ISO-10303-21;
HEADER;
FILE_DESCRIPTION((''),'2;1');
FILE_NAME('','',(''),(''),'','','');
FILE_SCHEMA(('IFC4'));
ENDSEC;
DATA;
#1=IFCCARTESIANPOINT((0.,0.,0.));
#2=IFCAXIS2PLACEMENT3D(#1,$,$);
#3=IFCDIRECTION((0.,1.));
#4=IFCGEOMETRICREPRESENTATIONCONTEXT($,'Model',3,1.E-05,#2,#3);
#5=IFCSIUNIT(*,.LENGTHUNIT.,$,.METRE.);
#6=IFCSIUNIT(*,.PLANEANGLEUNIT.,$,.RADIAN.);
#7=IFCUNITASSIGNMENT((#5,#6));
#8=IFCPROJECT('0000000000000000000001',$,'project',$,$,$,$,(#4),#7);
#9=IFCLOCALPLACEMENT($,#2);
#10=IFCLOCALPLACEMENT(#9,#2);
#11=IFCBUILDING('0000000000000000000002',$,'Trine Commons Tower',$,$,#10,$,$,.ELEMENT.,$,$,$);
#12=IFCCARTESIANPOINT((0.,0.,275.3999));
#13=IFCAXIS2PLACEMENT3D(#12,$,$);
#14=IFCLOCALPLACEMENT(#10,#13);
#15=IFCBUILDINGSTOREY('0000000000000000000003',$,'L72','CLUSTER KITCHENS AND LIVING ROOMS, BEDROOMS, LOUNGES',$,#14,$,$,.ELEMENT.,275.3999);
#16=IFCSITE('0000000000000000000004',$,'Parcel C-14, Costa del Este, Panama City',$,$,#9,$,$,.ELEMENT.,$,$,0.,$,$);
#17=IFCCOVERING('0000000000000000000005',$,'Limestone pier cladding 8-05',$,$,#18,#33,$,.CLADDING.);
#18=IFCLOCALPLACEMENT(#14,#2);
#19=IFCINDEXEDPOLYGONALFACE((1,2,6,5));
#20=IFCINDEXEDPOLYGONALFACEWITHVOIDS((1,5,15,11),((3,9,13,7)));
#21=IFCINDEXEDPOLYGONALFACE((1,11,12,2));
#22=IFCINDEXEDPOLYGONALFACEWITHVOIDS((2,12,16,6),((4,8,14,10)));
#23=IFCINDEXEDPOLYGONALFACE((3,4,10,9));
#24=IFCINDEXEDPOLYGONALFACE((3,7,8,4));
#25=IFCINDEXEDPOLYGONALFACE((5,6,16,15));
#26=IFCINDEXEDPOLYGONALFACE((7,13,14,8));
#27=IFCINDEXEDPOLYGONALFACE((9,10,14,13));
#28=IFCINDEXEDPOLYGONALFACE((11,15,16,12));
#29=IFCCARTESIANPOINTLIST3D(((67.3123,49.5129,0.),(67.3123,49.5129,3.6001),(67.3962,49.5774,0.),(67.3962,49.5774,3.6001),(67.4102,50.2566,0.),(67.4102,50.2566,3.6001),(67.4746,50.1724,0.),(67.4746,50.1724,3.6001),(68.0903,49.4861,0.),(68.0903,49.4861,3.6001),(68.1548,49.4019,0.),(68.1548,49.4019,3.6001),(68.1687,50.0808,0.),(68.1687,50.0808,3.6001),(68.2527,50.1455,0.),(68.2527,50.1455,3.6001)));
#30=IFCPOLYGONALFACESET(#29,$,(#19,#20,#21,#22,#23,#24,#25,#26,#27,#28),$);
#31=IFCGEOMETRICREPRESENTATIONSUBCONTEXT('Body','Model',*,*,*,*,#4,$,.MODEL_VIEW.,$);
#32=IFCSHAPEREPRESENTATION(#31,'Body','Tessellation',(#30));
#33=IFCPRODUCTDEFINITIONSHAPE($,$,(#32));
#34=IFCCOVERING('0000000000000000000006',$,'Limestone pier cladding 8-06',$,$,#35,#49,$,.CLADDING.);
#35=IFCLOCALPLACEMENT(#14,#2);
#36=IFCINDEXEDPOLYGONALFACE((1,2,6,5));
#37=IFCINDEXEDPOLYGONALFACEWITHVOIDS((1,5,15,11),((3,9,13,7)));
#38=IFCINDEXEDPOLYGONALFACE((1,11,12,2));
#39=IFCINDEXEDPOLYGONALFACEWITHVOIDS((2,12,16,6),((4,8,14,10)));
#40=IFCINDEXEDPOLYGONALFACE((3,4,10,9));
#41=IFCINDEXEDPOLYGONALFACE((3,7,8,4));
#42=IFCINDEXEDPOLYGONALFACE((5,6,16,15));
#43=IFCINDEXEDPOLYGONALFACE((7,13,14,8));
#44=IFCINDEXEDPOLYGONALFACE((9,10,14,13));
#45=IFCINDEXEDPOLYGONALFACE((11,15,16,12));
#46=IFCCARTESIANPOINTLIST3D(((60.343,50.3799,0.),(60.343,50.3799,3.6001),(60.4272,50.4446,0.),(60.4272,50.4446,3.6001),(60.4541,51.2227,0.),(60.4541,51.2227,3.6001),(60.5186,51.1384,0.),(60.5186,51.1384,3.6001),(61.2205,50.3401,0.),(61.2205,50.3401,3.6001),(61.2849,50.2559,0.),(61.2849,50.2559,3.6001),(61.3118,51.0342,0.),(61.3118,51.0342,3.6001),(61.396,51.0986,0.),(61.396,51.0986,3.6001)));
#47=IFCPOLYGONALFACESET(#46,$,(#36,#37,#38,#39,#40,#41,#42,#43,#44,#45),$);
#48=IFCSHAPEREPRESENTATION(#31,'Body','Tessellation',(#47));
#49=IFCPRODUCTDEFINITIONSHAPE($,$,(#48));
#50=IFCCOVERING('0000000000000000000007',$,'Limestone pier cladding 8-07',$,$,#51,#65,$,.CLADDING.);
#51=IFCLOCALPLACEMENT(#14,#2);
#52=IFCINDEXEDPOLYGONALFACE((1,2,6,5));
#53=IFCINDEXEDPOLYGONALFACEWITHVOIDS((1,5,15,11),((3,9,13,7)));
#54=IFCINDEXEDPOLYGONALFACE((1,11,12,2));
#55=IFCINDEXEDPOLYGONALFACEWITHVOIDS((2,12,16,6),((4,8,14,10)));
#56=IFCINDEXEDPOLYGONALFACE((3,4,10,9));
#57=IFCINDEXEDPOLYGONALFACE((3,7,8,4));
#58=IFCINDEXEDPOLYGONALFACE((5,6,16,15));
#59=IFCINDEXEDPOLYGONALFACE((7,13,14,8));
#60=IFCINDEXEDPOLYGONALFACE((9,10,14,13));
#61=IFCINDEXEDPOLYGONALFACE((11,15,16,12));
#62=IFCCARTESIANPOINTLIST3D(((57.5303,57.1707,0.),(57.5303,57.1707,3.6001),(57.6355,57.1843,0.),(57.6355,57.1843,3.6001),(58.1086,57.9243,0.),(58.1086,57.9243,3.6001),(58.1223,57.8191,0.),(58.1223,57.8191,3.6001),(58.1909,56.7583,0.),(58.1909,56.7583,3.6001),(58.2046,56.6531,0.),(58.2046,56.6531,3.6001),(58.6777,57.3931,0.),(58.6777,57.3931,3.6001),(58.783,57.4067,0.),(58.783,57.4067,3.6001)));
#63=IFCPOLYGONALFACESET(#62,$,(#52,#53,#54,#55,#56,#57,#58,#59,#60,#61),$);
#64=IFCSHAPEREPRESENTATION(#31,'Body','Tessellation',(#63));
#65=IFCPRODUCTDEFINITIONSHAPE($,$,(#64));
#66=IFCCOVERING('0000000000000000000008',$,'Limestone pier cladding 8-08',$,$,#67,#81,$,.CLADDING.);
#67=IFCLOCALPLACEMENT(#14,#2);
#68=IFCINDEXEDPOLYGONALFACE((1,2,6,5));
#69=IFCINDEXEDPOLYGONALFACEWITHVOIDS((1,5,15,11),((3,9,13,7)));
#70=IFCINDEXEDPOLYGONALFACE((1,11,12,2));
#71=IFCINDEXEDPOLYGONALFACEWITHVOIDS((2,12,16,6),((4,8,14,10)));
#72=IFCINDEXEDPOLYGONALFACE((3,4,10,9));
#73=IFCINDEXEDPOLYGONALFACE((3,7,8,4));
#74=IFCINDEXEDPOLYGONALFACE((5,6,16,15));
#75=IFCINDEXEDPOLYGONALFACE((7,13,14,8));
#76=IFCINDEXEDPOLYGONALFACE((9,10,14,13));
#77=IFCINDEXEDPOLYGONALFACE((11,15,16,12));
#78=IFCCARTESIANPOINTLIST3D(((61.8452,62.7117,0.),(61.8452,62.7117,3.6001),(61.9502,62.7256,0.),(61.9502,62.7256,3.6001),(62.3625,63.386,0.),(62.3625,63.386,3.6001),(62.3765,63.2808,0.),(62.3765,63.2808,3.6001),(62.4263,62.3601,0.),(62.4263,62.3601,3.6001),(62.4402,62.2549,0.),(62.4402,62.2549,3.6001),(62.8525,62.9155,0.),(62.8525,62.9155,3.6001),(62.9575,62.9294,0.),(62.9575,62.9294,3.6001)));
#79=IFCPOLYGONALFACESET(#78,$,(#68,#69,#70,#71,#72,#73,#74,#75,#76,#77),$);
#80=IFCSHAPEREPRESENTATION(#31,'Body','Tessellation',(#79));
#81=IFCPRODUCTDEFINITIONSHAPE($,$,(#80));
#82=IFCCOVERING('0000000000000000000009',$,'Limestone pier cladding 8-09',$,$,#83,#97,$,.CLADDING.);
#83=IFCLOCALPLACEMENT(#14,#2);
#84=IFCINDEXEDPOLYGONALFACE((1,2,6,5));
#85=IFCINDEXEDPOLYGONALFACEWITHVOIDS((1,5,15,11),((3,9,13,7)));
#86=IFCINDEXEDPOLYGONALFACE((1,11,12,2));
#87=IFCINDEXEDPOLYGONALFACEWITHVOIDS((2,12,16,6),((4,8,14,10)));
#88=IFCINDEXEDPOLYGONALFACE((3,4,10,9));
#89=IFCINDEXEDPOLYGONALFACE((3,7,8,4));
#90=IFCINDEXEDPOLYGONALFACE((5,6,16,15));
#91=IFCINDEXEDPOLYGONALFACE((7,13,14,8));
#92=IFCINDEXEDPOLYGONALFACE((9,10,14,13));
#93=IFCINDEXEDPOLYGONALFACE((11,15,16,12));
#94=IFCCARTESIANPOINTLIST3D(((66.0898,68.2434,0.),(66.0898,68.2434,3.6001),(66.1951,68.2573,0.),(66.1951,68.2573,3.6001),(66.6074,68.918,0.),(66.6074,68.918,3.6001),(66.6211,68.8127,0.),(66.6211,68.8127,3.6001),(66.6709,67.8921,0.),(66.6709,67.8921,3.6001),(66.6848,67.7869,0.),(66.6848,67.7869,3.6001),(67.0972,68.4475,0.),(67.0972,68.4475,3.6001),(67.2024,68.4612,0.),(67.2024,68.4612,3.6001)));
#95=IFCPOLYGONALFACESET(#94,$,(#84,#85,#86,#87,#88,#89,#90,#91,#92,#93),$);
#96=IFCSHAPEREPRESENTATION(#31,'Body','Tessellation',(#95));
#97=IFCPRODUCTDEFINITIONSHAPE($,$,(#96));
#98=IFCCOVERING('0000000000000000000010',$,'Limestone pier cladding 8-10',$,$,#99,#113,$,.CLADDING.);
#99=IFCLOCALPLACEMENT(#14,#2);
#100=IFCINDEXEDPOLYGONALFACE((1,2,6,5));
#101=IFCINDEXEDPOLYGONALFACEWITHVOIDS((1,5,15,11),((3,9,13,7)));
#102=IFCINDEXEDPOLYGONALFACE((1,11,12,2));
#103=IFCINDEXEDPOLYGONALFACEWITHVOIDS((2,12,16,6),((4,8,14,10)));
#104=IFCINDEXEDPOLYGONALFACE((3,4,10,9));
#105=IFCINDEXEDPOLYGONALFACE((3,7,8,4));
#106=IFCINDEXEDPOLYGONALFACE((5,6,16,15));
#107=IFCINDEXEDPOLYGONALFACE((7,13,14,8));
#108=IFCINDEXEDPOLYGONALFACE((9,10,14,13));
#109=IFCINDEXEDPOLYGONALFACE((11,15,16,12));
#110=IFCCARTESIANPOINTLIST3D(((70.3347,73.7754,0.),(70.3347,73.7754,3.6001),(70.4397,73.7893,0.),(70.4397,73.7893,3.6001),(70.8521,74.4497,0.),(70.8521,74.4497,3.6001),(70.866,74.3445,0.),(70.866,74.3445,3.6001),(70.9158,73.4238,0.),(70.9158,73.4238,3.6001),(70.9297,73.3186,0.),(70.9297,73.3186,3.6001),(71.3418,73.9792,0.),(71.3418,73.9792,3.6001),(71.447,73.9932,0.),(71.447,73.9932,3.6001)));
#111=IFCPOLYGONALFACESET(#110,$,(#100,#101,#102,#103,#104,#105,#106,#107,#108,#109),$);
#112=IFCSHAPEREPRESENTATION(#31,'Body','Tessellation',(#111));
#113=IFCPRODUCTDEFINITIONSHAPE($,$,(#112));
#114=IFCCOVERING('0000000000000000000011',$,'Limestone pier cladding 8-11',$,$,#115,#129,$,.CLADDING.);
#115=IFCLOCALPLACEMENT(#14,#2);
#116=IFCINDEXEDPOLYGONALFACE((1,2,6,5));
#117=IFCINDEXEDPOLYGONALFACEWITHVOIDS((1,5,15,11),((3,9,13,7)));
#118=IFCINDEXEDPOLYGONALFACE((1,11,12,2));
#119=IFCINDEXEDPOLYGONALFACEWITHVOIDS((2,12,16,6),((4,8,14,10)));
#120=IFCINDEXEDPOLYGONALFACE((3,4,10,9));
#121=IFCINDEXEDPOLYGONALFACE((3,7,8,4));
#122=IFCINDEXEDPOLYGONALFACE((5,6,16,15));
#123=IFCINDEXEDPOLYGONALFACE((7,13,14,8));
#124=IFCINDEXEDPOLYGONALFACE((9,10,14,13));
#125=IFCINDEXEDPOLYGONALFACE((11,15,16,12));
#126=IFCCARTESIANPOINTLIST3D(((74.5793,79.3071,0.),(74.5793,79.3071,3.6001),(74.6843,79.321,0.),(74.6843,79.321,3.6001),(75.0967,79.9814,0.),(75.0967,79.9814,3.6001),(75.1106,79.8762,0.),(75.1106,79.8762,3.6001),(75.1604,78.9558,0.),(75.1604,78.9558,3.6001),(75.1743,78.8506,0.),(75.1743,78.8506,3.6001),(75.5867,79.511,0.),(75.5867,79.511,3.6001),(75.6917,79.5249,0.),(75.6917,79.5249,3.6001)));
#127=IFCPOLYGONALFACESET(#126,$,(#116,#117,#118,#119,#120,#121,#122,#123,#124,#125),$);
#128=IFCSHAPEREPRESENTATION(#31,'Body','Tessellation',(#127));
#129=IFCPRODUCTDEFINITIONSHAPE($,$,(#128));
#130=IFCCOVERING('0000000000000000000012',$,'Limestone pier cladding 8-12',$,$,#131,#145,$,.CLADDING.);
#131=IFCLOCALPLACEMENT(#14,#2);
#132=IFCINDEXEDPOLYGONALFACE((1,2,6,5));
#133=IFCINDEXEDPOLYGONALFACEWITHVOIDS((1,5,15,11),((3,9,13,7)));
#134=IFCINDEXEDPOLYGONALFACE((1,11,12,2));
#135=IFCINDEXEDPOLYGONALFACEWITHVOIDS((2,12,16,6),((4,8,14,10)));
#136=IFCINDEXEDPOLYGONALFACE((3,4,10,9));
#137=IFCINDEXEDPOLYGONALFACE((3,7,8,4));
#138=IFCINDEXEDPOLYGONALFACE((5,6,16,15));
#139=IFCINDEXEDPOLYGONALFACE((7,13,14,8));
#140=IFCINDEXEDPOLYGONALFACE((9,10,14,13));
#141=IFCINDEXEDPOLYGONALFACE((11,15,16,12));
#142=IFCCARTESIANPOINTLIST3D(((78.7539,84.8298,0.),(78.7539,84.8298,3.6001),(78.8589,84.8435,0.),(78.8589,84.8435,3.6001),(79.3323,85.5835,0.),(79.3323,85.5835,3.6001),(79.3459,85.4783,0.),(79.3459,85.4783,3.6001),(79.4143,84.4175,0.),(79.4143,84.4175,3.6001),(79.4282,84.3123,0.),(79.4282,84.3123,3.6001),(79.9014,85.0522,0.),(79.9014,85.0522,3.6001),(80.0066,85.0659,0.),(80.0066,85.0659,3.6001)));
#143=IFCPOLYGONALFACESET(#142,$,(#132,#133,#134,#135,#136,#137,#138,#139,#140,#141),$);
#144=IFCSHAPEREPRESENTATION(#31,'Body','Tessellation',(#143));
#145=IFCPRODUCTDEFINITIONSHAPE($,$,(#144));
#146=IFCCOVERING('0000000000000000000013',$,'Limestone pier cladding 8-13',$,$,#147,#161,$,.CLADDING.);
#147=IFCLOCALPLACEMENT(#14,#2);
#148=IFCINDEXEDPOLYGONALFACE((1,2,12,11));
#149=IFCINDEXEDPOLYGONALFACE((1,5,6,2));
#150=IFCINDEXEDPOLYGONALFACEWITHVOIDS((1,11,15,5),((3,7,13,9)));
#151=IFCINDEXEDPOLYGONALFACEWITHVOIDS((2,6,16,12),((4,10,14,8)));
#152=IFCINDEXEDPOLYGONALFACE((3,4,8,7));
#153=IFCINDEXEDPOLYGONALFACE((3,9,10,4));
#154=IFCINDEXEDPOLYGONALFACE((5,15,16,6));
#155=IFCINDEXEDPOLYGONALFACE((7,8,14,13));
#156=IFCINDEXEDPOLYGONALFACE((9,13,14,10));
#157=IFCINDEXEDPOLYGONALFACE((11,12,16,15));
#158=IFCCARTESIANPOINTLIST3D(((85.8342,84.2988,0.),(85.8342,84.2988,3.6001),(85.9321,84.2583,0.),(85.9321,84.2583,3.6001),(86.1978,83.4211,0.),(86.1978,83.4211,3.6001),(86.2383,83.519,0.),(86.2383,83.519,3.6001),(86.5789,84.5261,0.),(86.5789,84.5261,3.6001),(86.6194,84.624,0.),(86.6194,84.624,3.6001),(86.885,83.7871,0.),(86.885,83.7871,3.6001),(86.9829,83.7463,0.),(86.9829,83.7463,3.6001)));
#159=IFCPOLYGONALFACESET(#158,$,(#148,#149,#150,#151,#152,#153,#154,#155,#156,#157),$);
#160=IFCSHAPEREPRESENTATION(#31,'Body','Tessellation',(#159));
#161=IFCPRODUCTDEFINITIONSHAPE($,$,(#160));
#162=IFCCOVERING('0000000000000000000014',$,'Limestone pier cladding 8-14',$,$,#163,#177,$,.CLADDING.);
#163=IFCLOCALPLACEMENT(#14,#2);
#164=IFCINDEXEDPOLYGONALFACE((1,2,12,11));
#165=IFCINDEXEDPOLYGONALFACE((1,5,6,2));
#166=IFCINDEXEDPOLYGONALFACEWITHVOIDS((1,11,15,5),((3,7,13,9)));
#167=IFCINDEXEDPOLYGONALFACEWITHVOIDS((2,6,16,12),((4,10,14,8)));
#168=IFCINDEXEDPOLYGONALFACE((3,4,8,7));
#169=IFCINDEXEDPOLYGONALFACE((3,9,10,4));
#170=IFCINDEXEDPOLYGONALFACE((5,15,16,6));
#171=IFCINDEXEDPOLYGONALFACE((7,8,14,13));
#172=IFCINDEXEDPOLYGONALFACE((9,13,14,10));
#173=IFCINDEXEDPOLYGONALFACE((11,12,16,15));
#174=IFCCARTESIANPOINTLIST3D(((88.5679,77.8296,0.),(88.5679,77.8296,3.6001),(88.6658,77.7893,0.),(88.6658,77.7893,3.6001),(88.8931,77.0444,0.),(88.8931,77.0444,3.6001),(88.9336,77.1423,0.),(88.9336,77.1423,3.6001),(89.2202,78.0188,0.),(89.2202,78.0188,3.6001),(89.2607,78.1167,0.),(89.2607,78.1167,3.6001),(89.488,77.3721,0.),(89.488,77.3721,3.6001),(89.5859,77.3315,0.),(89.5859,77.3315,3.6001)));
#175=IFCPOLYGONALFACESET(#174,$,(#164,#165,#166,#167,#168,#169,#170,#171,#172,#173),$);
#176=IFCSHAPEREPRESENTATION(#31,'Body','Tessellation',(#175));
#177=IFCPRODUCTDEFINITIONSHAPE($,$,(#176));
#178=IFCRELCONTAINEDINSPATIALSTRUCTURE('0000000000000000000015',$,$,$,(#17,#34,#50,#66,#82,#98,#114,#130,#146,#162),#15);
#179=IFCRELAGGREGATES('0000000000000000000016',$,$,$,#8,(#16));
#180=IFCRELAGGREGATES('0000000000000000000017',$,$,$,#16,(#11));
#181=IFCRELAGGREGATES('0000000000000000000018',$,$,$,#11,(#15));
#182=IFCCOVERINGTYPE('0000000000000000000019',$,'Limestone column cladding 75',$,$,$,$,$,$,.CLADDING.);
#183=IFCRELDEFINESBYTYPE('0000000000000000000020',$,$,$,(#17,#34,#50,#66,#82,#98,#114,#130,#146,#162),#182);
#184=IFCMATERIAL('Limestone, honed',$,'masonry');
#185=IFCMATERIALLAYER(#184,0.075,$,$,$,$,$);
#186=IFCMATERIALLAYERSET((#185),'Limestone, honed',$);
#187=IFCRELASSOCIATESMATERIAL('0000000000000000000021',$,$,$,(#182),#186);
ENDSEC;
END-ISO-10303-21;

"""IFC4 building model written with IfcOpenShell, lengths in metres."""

from ifc_helpers import new_model, si_unit, direction, frame, origin, place, context, subcontext, project, spatial, polyline, outline, extrude, material, layer, layer_set, type_object, element, save


model = new_model("IFC4")

# Units and contexts
model_context = context("Model", 3, precision=1e-05, world=origin(), true_north=direction((0.0, 1.0)))
body_context = subcontext(model_context, "Body", "Model", "MODEL_VIEW")
ifc_project = project(units=[si_unit("LENGTHUNIT", "METRE"), si_unit("PLANEANGLEUNIT", "RADIAN")], contexts=[model_context])

# Site, building, storey
site_placement = place(None, origin())
site = spatial("IfcSite", under=ifc_project, at=site_placement, Name="Parcel C-14, Costa del Este, Panama City", CompositionType="ELEMENT", RefElevation=0.0)
building_placement = place(site_placement, origin())
building = spatial("IfcBuilding", under=site, at=building_placement, Name="Trine Commons Tower", CompositionType="ELEMENT")
storey_placement = place(building_placement, frame((0.0, 0.0, 275.3999)))
storey = spatial("IfcBuildingStorey", under=building, at=storey_placement, Name="L72", Description="CLUSTER KITCHENS AND LIVING ROOMS, BEDROOMS, LOUNGES", CompositionType="ELEMENT", Elevation=275.3999)

# Coverings
ifc_material_1 = material(Name="Limestone, honed", Category="masonry")
ifc_layer_1 = layer(ifc_material_1, 0.075)
ifc_layer_set_1 = layer_set([ifc_layer_1], Name="Limestone, honed")
covering_type_1 = type_object("IfcCoveringType", Name="Limestone column cladding 75", PredefinedType="CLADDING", material=ifc_layer_set_1)
covering_1_placement = place(storey_placement, origin())
element("IfcCovering", 1, at=covering_1_placement, inside=storey, type_object=covering_type_1, Name="Limestone pier cladding 8-05", PredefinedType="CLADDING", context=body_context, shape_type="SweptSolid", body=[
    extrude(outline(polyline([(67.4102, 50.2566), (67.3123, 49.5129), (68.1548, 49.4019), (68.2527, 50.1455), (67.4102, 50.2566)]), holes=[polyline([(67.4746, 50.1724), (67.3962, 49.5774), (68.0903, 49.4861), (68.1687, 50.0808), (67.4746, 50.1724)])]), origin(), (0.0, 0.0, 1.0), 3.6001),
])
covering_2_placement = place(storey_placement, origin())
element("IfcCovering", 2, at=covering_2_placement, inside=storey, type_object=covering_type_1, Name="Limestone pier cladding 8-06", PredefinedType="CLADDING", context=body_context, shape_type="SweptSolid", body=[
    extrude(outline(polyline([(60.4541, 51.2227), (60.343, 50.3799), (61.2849, 50.2559), (61.396, 51.0986), (60.4541, 51.2227)]), holes=[polyline([(60.5186, 51.1384), (60.4272, 50.4446), (61.2205, 50.3401), (61.3118, 51.0342), (60.5186, 51.1384)])]), origin(), (0.0, 0.0, 1.0), 3.6001),
])
covering_3_placement = place(storey_placement, origin())
element("IfcCovering", 3, at=covering_3_placement, inside=storey, type_object=covering_type_1, Name="Limestone pier cladding 8-07", PredefinedType="CLADDING", context=body_context, shape_type="SweptSolid", body=[
    extrude(outline(polyline([(58.783, 57.4067), (58.1086, 57.9243), (57.5303, 57.1707), (58.2046, 56.6531), (58.783, 57.4067)]), holes=[polyline([(58.6777, 57.3931), (58.1223, 57.8191), (57.6355, 57.1843), (58.1909, 56.7583), (58.6777, 57.3931)])]), origin(), (0.0, 0.0, 1.0), 3.6001),
])
covering_4_placement = place(storey_placement, origin())
element("IfcCovering", 4, at=covering_4_placement, inside=storey, type_object=covering_type_1, Name="Limestone pier cladding 8-08", PredefinedType="CLADDING", context=body_context, shape_type="SweptSolid", body=[
    extrude(outline(polyline([(62.9575, 62.9294), (62.3625, 63.386), (61.8452, 62.7117), (62.4402, 62.2549), (62.9575, 62.9294)]), holes=[polyline([(62.8525, 62.9155), (62.3765, 63.2808), (61.9502, 62.7256), (62.4263, 62.3601), (62.8525, 62.9155)])]), origin(), (0.0, 0.0, 1.0), 3.6001),
])
covering_5_placement = place(storey_placement, origin())
element("IfcCovering", 5, at=covering_5_placement, inside=storey, type_object=covering_type_1, Name="Limestone pier cladding 8-09", PredefinedType="CLADDING", context=body_context, shape_type="SweptSolid", body=[
    extrude(outline(polyline([(67.2024, 68.4612), (66.6074, 68.918), (66.0898, 68.2434), (66.6848, 67.7869), (67.2024, 68.4612)]), holes=[polyline([(67.0972, 68.4475), (66.6211, 68.8127), (66.1951, 68.2573), (66.6709, 67.8921), (67.0972, 68.4475)])]), origin(), (0.0, 0.0, 1.0), 3.6001),
])
covering_6_placement = place(storey_placement, origin())
element("IfcCovering", 6, at=covering_6_placement, inside=storey, type_object=covering_type_1, Name="Limestone pier cladding 8-10", PredefinedType="CLADDING", context=body_context, shape_type="SweptSolid", body=[
    extrude(outline(polyline([(71.447, 73.9932), (70.8521, 74.4497), (70.3347, 73.7754), (70.9297, 73.3186), (71.447, 73.9932)]), holes=[polyline([(71.3418, 73.9792), (70.866, 74.3445), (70.4397, 73.7893), (70.9158, 73.4238), (71.3418, 73.9792)])]), origin(), (0.0, 0.0, 1.0), 3.6001),
])
covering_7_placement = place(storey_placement, origin())
element("IfcCovering", 7, at=covering_7_placement, inside=storey, type_object=covering_type_1, Name="Limestone pier cladding 8-11", PredefinedType="CLADDING", context=body_context, shape_type="SweptSolid", body=[
    extrude(outline(polyline([(75.6917, 79.5249), (75.0967, 79.9814), (74.5793, 79.3071), (75.1743, 78.8506), (75.6917, 79.5249)]), holes=[polyline([(75.5867, 79.511), (75.1106, 79.8762), (74.6843, 79.321), (75.1604, 78.9558), (75.5867, 79.511)])]), origin(), (0.0, 0.0, 1.0), 3.6001),
])
covering_8_placement = place(storey_placement, origin())
element("IfcCovering", 8, at=covering_8_placement, inside=storey, type_object=covering_type_1, Name="Limestone pier cladding 8-12", PredefinedType="CLADDING", context=body_context, shape_type="SweptSolid", body=[
    extrude(outline(polyline([(80.0066, 85.0659), (79.3323, 85.5835), (78.7539, 84.8298), (79.4282, 84.3123), (80.0066, 85.0659)]), holes=[polyline([(79.9014, 85.0522), (79.3459, 85.4783), (78.8589, 84.8435), (79.4143, 84.4175), (79.9014, 85.0522)])]), origin(), (0.0, 0.0, 1.0), 3.6001),
])
covering_9_placement = place(storey_placement, origin())
element("IfcCovering", 9, at=covering_9_placement, inside=storey, type_object=covering_type_1, Name="Limestone pier cladding 8-13", PredefinedType="CLADDING", context=body_context, shape_type="SweptSolid", body=[
    extrude(outline(polyline([(86.6194, 84.624), (85.8342, 84.2988), (86.1978, 83.4211), (86.9829, 83.7463), (86.6194, 84.624)]), holes=[polyline([(86.5789, 84.5261), (85.9321, 84.2583), (86.2383, 83.519), (86.885, 83.7871), (86.5789, 84.5261)])]), origin(), (0.0, 0.0, 1.0), 3.6001),
])
covering_10_placement = place(storey_placement, origin())
element("IfcCovering", 10, at=covering_10_placement, inside=storey, type_object=covering_type_1, Name="Limestone pier cladding 8-14", PredefinedType="CLADDING", context=body_context, shape_type="SweptSolid", body=[
    extrude(outline(polyline([(89.2607, 78.1167), (88.5679, 77.8296), (88.8931, 77.0444), (89.5859, 77.3315), (89.2607, 78.1167)]), holes=[polyline([(89.2202, 78.0188), (88.6658, 77.7893), (88.9336, 77.1423), (89.488, 77.3721), (89.2202, 78.0188)])]), origin(), (0.0, 0.0, 1.0), 3.6001),
])

save(model, "model.ifc")
